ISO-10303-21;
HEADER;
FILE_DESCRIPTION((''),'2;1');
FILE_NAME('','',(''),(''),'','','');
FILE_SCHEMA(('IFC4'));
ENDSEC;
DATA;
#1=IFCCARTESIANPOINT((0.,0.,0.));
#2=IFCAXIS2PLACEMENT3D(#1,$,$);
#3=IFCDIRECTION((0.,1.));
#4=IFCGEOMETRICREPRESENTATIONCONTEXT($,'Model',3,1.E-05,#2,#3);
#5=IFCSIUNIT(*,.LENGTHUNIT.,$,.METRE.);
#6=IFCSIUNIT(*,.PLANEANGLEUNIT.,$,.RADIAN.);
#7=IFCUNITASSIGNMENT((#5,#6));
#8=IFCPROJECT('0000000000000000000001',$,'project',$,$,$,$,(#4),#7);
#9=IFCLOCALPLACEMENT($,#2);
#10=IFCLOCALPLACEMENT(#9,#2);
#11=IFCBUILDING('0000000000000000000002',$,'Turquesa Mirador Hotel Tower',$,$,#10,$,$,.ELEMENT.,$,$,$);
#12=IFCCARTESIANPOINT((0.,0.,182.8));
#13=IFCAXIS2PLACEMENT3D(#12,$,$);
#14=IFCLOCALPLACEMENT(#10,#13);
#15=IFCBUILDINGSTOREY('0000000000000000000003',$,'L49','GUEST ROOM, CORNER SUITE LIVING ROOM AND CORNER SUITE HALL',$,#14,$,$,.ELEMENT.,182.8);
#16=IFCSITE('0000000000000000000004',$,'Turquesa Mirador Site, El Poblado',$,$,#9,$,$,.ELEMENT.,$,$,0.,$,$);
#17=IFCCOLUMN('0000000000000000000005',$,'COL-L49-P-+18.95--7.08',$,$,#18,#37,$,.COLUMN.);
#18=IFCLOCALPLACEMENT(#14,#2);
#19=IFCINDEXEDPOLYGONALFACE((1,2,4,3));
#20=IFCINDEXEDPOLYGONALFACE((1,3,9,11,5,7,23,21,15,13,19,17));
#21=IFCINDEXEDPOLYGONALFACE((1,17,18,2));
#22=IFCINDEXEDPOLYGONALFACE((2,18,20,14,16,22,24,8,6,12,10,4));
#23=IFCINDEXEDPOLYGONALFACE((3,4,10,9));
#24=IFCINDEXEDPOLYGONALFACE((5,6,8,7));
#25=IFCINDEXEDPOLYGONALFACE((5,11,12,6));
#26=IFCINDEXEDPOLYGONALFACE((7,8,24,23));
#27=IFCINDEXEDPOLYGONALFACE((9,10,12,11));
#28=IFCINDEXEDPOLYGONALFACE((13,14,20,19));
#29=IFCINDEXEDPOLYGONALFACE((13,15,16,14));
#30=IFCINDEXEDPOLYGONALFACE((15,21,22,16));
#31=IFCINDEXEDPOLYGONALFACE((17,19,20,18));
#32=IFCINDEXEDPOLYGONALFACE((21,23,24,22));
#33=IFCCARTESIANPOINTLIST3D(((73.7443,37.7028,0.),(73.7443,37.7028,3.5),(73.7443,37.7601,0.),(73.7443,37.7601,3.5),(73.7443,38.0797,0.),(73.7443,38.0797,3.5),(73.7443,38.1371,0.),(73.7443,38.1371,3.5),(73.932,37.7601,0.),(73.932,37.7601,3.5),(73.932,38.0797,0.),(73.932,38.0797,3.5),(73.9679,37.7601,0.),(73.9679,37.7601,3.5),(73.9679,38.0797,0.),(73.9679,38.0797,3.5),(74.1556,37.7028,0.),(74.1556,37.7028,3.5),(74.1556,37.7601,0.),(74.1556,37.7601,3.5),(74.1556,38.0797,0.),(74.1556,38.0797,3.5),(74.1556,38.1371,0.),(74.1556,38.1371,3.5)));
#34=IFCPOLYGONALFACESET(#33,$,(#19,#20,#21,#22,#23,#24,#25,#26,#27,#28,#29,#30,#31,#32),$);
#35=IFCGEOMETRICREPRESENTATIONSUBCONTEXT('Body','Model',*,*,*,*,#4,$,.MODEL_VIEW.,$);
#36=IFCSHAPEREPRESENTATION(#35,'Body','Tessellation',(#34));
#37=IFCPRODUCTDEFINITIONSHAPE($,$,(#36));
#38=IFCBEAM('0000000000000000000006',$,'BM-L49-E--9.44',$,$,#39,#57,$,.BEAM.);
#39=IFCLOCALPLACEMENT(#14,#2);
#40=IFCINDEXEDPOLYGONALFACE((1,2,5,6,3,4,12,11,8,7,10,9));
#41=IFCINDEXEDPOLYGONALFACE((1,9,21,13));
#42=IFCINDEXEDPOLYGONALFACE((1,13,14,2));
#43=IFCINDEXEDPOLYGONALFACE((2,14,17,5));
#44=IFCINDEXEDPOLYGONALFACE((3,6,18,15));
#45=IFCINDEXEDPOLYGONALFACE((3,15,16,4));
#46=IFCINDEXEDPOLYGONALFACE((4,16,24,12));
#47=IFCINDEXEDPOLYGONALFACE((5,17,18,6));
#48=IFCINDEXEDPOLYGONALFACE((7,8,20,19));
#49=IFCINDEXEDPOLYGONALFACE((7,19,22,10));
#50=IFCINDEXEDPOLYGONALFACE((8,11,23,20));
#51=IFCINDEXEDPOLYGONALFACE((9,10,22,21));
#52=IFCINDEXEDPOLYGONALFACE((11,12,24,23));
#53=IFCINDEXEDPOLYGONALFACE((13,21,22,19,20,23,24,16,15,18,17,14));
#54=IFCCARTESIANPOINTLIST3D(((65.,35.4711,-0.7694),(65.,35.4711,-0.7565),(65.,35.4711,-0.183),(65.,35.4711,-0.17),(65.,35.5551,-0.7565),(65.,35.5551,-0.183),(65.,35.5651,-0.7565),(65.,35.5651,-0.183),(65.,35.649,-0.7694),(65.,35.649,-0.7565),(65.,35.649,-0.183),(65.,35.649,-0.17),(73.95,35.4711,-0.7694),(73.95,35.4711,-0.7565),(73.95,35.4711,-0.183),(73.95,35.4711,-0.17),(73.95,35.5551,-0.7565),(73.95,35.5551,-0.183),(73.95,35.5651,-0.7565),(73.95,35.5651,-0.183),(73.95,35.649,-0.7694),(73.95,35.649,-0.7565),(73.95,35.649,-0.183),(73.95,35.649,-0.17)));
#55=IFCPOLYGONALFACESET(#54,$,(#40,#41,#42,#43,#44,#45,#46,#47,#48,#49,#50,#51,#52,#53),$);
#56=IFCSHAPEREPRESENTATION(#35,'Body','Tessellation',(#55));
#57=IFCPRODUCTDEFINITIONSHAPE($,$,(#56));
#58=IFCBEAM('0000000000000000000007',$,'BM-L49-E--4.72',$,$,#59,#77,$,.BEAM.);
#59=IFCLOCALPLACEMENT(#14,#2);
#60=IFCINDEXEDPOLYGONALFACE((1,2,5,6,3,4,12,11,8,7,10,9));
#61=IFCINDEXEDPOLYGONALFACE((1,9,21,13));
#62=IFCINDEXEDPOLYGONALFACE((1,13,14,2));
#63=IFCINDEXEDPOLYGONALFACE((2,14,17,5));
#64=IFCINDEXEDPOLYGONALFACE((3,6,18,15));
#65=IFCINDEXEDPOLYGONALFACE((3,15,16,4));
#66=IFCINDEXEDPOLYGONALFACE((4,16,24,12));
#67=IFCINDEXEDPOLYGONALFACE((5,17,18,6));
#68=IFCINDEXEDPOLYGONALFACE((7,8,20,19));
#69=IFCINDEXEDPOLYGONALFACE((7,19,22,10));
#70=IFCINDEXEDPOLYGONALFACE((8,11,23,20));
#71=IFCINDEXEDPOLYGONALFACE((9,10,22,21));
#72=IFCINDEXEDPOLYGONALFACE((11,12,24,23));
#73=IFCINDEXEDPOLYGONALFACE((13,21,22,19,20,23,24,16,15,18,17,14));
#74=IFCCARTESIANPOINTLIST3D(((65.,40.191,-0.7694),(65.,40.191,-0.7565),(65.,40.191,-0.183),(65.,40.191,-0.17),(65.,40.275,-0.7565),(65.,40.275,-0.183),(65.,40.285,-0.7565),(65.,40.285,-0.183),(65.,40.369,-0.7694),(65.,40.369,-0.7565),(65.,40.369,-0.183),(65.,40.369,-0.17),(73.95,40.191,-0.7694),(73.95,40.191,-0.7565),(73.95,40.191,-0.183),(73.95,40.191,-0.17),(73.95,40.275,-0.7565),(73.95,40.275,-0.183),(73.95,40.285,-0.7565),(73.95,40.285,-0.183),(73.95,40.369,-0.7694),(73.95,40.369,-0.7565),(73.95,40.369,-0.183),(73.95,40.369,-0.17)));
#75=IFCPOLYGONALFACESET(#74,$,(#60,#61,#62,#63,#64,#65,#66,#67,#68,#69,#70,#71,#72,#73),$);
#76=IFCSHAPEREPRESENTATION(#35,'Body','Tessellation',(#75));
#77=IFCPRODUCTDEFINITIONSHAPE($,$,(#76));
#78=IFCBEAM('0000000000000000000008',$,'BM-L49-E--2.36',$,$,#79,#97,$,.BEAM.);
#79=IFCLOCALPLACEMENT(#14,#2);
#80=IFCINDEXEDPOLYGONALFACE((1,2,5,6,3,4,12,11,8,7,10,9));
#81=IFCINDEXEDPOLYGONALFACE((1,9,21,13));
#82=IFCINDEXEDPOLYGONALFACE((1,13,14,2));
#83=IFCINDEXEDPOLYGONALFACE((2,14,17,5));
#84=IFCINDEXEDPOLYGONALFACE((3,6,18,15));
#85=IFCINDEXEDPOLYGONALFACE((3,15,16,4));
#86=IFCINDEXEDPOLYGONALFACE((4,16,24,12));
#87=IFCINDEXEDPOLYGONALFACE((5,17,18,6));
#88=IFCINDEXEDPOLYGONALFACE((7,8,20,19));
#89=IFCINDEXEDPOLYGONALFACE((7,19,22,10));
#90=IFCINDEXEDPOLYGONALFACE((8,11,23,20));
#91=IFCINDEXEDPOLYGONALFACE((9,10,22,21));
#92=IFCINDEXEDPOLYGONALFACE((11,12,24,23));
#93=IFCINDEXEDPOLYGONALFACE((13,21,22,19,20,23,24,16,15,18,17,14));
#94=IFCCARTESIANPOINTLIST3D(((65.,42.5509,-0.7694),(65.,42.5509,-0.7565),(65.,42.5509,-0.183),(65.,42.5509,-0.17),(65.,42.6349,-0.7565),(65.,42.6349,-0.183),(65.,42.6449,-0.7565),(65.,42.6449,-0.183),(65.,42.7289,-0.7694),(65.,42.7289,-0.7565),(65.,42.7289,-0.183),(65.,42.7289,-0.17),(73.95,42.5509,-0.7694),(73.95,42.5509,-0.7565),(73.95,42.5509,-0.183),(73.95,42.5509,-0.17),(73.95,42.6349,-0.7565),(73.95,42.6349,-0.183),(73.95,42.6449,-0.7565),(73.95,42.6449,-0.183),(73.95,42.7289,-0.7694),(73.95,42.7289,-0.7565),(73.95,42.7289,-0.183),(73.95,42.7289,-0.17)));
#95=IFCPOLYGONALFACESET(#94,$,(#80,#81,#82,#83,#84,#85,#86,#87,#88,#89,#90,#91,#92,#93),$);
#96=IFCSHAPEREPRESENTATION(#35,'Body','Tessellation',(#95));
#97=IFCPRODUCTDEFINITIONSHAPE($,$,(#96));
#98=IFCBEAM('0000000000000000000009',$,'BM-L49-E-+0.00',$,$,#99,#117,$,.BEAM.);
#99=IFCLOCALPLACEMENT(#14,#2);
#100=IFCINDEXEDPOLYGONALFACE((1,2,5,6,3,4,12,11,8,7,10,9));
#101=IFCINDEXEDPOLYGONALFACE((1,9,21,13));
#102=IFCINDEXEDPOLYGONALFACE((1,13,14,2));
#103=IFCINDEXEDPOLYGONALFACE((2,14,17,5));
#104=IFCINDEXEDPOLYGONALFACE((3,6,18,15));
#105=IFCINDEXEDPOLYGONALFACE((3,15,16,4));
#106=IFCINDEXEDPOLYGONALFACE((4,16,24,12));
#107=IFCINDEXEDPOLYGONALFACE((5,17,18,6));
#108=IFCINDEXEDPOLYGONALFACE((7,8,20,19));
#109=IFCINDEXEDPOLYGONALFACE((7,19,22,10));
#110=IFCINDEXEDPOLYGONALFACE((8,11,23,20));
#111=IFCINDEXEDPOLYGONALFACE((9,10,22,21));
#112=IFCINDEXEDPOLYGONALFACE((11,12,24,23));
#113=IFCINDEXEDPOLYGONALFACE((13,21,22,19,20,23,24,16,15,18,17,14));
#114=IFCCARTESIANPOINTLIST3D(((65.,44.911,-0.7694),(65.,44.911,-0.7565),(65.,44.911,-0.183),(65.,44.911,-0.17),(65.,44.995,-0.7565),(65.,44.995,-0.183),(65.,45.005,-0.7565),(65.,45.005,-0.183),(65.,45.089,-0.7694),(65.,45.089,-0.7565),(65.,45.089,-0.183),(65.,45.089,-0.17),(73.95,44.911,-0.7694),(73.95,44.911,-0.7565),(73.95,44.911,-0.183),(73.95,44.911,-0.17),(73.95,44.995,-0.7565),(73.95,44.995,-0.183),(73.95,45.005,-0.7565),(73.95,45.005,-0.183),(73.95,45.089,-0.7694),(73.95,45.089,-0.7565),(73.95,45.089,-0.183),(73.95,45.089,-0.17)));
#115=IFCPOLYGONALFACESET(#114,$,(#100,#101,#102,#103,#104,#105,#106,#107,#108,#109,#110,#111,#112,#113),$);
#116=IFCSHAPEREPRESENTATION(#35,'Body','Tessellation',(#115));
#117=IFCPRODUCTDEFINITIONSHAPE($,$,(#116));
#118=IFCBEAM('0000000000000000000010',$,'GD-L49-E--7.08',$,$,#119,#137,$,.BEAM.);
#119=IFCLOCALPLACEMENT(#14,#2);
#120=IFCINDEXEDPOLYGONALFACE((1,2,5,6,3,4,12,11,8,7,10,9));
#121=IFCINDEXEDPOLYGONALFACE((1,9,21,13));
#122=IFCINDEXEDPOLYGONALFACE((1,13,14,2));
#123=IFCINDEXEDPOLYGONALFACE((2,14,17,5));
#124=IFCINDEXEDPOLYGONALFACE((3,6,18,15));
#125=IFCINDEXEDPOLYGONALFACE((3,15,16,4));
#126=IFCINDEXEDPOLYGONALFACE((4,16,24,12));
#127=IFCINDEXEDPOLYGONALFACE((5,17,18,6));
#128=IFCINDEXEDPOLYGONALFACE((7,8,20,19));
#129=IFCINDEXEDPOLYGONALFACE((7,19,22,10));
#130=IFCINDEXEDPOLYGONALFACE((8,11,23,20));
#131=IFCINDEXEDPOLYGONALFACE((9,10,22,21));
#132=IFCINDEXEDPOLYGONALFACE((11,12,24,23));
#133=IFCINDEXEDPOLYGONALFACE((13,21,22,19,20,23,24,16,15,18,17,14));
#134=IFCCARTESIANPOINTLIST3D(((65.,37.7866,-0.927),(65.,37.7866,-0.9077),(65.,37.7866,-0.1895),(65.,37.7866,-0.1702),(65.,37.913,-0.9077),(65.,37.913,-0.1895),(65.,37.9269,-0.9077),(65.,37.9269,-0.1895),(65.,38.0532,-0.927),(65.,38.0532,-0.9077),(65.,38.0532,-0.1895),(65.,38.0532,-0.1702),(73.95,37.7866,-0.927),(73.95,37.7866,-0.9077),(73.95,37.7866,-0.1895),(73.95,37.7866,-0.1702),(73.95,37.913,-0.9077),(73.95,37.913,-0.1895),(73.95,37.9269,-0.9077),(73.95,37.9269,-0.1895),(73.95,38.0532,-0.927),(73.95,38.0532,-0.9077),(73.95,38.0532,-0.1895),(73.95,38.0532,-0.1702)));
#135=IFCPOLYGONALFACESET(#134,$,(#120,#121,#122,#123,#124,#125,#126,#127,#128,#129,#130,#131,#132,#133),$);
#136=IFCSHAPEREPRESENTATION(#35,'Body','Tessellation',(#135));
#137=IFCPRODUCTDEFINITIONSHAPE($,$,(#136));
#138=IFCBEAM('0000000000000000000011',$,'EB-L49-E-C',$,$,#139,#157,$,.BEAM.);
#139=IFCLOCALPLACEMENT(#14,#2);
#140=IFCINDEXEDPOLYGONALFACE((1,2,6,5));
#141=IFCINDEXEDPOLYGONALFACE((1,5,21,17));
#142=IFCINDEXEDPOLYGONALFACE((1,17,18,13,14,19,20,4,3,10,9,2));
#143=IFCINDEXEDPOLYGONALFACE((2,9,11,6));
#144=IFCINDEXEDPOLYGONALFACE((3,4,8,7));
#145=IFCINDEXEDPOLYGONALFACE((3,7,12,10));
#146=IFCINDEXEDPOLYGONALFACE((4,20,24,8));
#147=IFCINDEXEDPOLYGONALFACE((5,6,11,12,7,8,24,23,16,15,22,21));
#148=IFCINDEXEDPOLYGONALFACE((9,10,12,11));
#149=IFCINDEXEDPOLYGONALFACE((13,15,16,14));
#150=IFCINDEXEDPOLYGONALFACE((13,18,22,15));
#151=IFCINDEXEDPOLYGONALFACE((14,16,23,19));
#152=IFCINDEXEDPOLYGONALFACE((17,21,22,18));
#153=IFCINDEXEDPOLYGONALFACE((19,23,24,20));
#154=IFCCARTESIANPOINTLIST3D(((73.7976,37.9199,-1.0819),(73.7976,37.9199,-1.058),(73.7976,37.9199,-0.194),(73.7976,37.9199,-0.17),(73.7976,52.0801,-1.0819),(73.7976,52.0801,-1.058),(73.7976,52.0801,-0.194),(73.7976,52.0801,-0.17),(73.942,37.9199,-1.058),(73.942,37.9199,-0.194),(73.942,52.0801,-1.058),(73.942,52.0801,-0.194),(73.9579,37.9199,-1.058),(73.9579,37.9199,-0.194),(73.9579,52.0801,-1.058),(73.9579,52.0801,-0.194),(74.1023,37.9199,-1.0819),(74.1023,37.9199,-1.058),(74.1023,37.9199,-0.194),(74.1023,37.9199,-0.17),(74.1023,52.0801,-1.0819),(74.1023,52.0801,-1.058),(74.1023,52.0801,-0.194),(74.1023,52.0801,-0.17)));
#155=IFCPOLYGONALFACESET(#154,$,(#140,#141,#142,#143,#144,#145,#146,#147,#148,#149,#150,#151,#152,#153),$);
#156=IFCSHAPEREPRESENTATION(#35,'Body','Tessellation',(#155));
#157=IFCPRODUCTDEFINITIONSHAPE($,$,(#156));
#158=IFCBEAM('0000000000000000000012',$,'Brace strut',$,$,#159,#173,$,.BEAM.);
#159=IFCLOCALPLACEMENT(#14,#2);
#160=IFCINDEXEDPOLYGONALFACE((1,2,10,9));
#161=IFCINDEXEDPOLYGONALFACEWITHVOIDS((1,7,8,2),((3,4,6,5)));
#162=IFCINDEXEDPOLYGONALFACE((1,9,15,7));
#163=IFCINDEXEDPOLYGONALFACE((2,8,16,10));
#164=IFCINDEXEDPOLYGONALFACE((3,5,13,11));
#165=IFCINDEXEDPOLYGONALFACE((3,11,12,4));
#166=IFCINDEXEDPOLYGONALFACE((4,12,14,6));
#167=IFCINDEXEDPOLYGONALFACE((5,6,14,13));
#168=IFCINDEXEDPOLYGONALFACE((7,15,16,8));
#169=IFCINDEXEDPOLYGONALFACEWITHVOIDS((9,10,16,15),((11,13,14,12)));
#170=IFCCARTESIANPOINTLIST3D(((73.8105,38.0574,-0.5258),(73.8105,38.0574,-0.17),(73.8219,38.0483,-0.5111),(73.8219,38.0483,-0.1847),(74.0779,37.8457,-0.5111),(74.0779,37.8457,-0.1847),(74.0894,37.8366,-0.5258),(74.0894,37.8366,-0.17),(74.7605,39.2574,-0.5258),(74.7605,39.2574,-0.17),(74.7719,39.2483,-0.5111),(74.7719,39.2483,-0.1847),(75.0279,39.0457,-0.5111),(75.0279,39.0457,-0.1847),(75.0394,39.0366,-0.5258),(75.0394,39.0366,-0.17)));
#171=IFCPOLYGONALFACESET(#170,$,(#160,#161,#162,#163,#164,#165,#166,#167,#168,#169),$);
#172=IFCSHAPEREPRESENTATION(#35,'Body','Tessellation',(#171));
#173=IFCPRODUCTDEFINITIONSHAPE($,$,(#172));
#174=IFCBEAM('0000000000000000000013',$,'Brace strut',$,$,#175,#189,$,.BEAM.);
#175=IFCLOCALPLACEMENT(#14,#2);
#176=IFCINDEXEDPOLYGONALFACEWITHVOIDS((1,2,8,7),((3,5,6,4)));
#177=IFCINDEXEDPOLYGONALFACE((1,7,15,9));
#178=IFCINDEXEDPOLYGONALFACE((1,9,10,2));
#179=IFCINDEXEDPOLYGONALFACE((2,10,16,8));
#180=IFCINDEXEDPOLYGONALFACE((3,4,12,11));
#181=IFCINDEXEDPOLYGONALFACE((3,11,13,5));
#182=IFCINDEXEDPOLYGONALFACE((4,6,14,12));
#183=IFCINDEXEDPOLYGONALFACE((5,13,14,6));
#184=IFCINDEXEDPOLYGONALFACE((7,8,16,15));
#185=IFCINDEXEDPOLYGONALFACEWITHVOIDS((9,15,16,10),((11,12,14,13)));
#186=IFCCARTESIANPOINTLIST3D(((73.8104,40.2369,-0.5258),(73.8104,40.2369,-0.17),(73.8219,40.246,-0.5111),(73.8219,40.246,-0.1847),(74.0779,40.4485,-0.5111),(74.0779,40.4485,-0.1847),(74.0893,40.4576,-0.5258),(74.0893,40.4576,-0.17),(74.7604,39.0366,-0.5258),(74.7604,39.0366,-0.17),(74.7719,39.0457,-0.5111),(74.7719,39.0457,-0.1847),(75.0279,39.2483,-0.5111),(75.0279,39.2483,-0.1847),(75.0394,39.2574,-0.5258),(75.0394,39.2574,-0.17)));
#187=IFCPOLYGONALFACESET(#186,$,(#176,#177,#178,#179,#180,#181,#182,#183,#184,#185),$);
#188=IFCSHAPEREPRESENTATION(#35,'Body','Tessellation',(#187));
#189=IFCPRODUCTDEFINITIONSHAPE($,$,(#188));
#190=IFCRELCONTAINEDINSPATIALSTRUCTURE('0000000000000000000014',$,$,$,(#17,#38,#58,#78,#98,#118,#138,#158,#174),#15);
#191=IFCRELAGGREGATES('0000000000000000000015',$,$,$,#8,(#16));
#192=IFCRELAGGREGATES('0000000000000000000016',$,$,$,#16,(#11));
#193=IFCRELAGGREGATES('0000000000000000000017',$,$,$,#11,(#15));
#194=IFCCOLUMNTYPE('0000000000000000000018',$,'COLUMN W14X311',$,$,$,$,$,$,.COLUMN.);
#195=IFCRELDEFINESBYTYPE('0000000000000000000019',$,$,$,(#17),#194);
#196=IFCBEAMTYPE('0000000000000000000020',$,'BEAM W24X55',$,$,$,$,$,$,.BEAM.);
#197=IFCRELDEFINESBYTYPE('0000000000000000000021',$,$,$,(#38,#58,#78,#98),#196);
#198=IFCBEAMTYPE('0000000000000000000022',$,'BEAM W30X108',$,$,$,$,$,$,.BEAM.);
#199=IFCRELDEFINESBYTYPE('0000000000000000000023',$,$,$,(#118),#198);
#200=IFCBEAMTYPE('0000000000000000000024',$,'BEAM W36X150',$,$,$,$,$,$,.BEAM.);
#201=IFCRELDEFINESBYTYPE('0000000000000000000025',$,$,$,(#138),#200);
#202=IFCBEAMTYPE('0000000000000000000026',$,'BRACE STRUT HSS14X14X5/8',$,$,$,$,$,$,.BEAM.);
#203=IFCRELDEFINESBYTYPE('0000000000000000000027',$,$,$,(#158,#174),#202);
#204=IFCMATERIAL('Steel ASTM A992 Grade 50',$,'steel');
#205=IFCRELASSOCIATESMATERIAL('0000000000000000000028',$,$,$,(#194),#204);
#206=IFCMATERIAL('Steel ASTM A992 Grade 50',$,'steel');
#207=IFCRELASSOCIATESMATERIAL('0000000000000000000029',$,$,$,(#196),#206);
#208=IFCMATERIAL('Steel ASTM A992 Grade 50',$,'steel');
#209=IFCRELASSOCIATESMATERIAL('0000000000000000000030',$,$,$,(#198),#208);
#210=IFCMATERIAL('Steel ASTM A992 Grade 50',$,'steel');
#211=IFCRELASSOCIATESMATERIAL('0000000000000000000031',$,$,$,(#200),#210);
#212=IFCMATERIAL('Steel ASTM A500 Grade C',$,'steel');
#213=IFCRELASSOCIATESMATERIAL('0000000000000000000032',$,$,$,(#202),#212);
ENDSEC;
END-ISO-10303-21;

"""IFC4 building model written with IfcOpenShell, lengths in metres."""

from ifc_helpers import new_model, si_unit, direction, frame, origin, origin_2d, place, context, subcontext, project, spatial, hollow_rectangle, i_section, extrude, material, material_profile, profile_set, type_object, element, save


model = new_model("IFC4")

# Units and contexts
model_context = context("Model", 3, precision=1e-05, world=origin(), true_north=direction((0.0, 1.0)))
body_context = subcontext(model_context, "Body", "Model", "MODEL_VIEW")
ifc_project = project(units=[si_unit("LENGTHUNIT", "METRE"), si_unit("PLANEANGLEUNIT", "RADIAN")], contexts=[model_context])

# Site, building, storey
site_placement = place(None, origin())
site = spatial("IfcSite", under=ifc_project, at=site_placement, Name="Turquesa Mirador Site, El Poblado", CompositionType="ELEMENT", RefElevation=0.0)
building_placement = place(site_placement, origin())
building = spatial("IfcBuilding", under=site, at=building_placement, Name="Turquesa Mirador Hotel Tower", CompositionType="ELEMENT")
storey_placement = place(building_placement, frame((0.0, 0.0, 182.8)))
storey = spatial("IfcBuildingStorey", under=building, at=storey_placement, Name="L49", Description="GUEST ROOM, CORNER SUITE LIVING ROOM AND CORNER SUITE HALL", CompositionType="ELEMENT", Elevation=182.8)

# Column
ifc_material_1 = material(Name="Steel ASTM A992 Grade 50", Category="steel")
ifc_material_profile_1 = material_profile(ifc_material_1, i_section(OverallWidth=0.4114, OverallDepth=0.4343, WebThickness=0.0359, FlangeThickness=0.0574, at=origin_2d()), Name="W14X311")
ifc_profile_set_1 = profile_set([ifc_material_profile_1], Name="Steel ASTM A992 Grade 50")
column_type = type_object("IfcColumnType", Name="COLUMN W14X311", PredefinedType="COLUMN", material=ifc_profile_set_1)
column_placement = place(storey_placement, frame((73.95, 37.9199, 0.0), z_axis=(0.0, 0.0, 1.0), x_axis=(1.0, 0.0, 0.0)))
element("IfcColumn", 1, at=column_placement, inside=storey, type_object=column_type, Name="COL-L49-P-+18.95--7.08", PredefinedType="COLUMN", context=body_context, shape_type="SweptSolid", body=[
    extrude(i_section(OverallWidth=0.4114, OverallDepth=0.4343, WebThickness=0.0359, FlangeThickness=0.0574, at=origin_2d()), origin(), (0.0, 0.0, 1.0), 3.5),
])

# Beams
ifc_material_2 = material(Name="Steel ASTM A992 Grade 50", Category="steel")
ifc_material_profile_2 = material_profile(ifc_material_2, i_section(OverallWidth=0.178, OverallDepth=0.5994, WebThickness=0.01, FlangeThickness=0.0129, at=origin_2d()), Name="W24X55")
ifc_profile_set_2 = profile_set([ifc_material_profile_2], Name="Steel ASTM A992 Grade 50")
beam_type_1 = type_object("IfcBeamType", Name="BEAM W24X55", PredefinedType="BEAM", material=ifc_profile_set_2)
for number, where, z_axis, x_axis, name in (
    (2, (73.95, 35.5601, -0.4697), (-1.0, 0.0, 0.0), (0.0, -1.0, 0.0), "BM-L49-E--9.44"),
    (3, (73.95, 40.28, -0.4697), (-1.0, 0.0, 0.0), (0.0, -1.0, 0.0), "BM-L49-E--4.72"),
    (4, (73.95, 42.6399, -0.4697), (-1.0, 0.0, 0.0), (0.0, -1.0, 0.0), "BM-L49-E--2.36"),
    (5, (73.95, 45.0, -0.4697), (-1.0, 0.0, 0.0), (0.0, -1.0, 0.0), "BM-L49-E-+0.00"),
):
    element("IfcBeam", number, at=place(storey_placement, frame(where, z_axis=z_axis, x_axis=x_axis)), inside=storey, type_object=beam_type_1, Name=name, PredefinedType="BEAM", context=body_context, shape_type="SweptSolid", body=[
        extrude(i_section(OverallWidth=0.178, OverallDepth=0.5994, WebThickness=0.01, FlangeThickness=0.0129, at=origin_2d()), origin(), (0.0, 0.0, 1.0), 8.95),
    ])
ifc_material_3 = material(Name="Steel ASTM A992 Grade 50", Category="steel")
ifc_material_profile_3 = material_profile(ifc_material_3, i_section(OverallWidth=0.2666, OverallDepth=0.7568, WebThickness=0.0139, FlangeThickness=0.0193, at=origin_2d()), Name="W30X108")
ifc_profile_set_3 = profile_set([ifc_material_profile_3], Name="Steel ASTM A992 Grade 50")
beam_type_2 = type_object("IfcBeamType", Name="BEAM W30X108", PredefinedType="BEAM", material=ifc_profile_set_3)
beam_1_placement = place(storey_placement, frame((73.95, 37.9199, -0.5486), z_axis=(-1.0, 0.0, 0.0), x_axis=(0.0, -1.0, 0.0)))
element("IfcBeam", 6, at=beam_1_placement, inside=storey, type_object=beam_type_2, Name="GD-L49-E--7.08", PredefinedType="BEAM", context=body_context, shape_type="SweptSolid", body=[
    extrude(i_section(OverallWidth=0.2666, OverallDepth=0.7568, WebThickness=0.0139, FlangeThickness=0.0193, at=origin_2d()), origin(), (0.0, 0.0, 1.0), 8.95),
])
ifc_material_4 = material(Name="Steel ASTM A992 Grade 50", Category="steel")
ifc_material_profile_4 = material_profile(ifc_material_4, i_section(OverallWidth=0.3047, OverallDepth=0.9119, WebThickness=0.0159, FlangeThickness=0.0239, at=origin_2d()), Name="W36X150")
ifc_profile_set_4 = profile_set([ifc_material_profile_4], Name="Steel ASTM A992 Grade 50")
beam_type_3 = type_object("IfcBeamType", Name="BEAM W36X150", PredefinedType="BEAM", material=ifc_profile_set_4)
beam_2_placement = place(storey_placement, frame((73.95, 37.9199, -0.626), z_axis=(0.0, 1.0, 0.0), x_axis=(-1.0, 0.0, 0.0)))
element("IfcBeam", 7, at=beam_2_placement, inside=storey, type_object=beam_type_3, Name="EB-L49-E-C", PredefinedType="BEAM", context=body_context, shape_type="SweptSolid", body=[
    extrude(i_section(OverallWidth=0.3047, OverallDepth=0.9119, WebThickness=0.0159, FlangeThickness=0.0239, at=origin_2d()), origin(), (0.0, 0.0, 1.0), 14.1602),
])
ifc_material_5 = material(Name="Steel ASTM A500 Grade C", Category="steel")
ifc_material_profile_5 = material_profile(ifc_material_5, hollow_rectangle(XDim=0.3557, YDim=0.3557, WallThickness=0.0146, at=origin_2d()), Name="HSS14X14X5/8")
ifc_profile_set_5 = profile_set([ifc_material_profile_5], Name="Steel ASTM A500 Grade C")
beam_type_4 = type_object("IfcBeamType", Name="BRACE STRUT HSS14X14X5/8", PredefinedType="BEAM", material=ifc_profile_set_5)
beam_3_placement = place(storey_placement, frame((74.8999, 39.147, -0.3479), z_axis=(-0.620699, -0.784049, 0.0), x_axis=(0.784049, -0.620699, 0.0)))
element("IfcBeam", 8, at=beam_3_placement, inside=storey, type_object=beam_type_4, Name="Brace strut", PredefinedType="BEAM", context=body_context, shape_type="SweptSolid", body=[
    extrude(hollow_rectangle(XDim=0.3557, YDim=0.3557, WallThickness=0.0146, at=origin_2d()), origin(), (0.0, 0.0, 1.0), 1.5305),
])
beam_4_placement = place(storey_placement, frame((74.8999, 39.147, -0.3479), z_axis=(-0.620621, 0.784111, 0.0), x_axis=(-0.784111, -0.620621, 0.0)))
element("IfcBeam", 9, at=beam_4_placement, inside=storey, type_object=beam_type_4, Name="Brace strut", PredefinedType="BEAM", context=body_context, shape_type="SweptSolid", body=[
    extrude(hollow_rectangle(XDim=0.3557, YDim=0.3557, WallThickness=0.0146, at=origin_2d()), origin(), (0.0, 0.0, 1.0), 1.5308),
])

save(model, "model.ifc")
